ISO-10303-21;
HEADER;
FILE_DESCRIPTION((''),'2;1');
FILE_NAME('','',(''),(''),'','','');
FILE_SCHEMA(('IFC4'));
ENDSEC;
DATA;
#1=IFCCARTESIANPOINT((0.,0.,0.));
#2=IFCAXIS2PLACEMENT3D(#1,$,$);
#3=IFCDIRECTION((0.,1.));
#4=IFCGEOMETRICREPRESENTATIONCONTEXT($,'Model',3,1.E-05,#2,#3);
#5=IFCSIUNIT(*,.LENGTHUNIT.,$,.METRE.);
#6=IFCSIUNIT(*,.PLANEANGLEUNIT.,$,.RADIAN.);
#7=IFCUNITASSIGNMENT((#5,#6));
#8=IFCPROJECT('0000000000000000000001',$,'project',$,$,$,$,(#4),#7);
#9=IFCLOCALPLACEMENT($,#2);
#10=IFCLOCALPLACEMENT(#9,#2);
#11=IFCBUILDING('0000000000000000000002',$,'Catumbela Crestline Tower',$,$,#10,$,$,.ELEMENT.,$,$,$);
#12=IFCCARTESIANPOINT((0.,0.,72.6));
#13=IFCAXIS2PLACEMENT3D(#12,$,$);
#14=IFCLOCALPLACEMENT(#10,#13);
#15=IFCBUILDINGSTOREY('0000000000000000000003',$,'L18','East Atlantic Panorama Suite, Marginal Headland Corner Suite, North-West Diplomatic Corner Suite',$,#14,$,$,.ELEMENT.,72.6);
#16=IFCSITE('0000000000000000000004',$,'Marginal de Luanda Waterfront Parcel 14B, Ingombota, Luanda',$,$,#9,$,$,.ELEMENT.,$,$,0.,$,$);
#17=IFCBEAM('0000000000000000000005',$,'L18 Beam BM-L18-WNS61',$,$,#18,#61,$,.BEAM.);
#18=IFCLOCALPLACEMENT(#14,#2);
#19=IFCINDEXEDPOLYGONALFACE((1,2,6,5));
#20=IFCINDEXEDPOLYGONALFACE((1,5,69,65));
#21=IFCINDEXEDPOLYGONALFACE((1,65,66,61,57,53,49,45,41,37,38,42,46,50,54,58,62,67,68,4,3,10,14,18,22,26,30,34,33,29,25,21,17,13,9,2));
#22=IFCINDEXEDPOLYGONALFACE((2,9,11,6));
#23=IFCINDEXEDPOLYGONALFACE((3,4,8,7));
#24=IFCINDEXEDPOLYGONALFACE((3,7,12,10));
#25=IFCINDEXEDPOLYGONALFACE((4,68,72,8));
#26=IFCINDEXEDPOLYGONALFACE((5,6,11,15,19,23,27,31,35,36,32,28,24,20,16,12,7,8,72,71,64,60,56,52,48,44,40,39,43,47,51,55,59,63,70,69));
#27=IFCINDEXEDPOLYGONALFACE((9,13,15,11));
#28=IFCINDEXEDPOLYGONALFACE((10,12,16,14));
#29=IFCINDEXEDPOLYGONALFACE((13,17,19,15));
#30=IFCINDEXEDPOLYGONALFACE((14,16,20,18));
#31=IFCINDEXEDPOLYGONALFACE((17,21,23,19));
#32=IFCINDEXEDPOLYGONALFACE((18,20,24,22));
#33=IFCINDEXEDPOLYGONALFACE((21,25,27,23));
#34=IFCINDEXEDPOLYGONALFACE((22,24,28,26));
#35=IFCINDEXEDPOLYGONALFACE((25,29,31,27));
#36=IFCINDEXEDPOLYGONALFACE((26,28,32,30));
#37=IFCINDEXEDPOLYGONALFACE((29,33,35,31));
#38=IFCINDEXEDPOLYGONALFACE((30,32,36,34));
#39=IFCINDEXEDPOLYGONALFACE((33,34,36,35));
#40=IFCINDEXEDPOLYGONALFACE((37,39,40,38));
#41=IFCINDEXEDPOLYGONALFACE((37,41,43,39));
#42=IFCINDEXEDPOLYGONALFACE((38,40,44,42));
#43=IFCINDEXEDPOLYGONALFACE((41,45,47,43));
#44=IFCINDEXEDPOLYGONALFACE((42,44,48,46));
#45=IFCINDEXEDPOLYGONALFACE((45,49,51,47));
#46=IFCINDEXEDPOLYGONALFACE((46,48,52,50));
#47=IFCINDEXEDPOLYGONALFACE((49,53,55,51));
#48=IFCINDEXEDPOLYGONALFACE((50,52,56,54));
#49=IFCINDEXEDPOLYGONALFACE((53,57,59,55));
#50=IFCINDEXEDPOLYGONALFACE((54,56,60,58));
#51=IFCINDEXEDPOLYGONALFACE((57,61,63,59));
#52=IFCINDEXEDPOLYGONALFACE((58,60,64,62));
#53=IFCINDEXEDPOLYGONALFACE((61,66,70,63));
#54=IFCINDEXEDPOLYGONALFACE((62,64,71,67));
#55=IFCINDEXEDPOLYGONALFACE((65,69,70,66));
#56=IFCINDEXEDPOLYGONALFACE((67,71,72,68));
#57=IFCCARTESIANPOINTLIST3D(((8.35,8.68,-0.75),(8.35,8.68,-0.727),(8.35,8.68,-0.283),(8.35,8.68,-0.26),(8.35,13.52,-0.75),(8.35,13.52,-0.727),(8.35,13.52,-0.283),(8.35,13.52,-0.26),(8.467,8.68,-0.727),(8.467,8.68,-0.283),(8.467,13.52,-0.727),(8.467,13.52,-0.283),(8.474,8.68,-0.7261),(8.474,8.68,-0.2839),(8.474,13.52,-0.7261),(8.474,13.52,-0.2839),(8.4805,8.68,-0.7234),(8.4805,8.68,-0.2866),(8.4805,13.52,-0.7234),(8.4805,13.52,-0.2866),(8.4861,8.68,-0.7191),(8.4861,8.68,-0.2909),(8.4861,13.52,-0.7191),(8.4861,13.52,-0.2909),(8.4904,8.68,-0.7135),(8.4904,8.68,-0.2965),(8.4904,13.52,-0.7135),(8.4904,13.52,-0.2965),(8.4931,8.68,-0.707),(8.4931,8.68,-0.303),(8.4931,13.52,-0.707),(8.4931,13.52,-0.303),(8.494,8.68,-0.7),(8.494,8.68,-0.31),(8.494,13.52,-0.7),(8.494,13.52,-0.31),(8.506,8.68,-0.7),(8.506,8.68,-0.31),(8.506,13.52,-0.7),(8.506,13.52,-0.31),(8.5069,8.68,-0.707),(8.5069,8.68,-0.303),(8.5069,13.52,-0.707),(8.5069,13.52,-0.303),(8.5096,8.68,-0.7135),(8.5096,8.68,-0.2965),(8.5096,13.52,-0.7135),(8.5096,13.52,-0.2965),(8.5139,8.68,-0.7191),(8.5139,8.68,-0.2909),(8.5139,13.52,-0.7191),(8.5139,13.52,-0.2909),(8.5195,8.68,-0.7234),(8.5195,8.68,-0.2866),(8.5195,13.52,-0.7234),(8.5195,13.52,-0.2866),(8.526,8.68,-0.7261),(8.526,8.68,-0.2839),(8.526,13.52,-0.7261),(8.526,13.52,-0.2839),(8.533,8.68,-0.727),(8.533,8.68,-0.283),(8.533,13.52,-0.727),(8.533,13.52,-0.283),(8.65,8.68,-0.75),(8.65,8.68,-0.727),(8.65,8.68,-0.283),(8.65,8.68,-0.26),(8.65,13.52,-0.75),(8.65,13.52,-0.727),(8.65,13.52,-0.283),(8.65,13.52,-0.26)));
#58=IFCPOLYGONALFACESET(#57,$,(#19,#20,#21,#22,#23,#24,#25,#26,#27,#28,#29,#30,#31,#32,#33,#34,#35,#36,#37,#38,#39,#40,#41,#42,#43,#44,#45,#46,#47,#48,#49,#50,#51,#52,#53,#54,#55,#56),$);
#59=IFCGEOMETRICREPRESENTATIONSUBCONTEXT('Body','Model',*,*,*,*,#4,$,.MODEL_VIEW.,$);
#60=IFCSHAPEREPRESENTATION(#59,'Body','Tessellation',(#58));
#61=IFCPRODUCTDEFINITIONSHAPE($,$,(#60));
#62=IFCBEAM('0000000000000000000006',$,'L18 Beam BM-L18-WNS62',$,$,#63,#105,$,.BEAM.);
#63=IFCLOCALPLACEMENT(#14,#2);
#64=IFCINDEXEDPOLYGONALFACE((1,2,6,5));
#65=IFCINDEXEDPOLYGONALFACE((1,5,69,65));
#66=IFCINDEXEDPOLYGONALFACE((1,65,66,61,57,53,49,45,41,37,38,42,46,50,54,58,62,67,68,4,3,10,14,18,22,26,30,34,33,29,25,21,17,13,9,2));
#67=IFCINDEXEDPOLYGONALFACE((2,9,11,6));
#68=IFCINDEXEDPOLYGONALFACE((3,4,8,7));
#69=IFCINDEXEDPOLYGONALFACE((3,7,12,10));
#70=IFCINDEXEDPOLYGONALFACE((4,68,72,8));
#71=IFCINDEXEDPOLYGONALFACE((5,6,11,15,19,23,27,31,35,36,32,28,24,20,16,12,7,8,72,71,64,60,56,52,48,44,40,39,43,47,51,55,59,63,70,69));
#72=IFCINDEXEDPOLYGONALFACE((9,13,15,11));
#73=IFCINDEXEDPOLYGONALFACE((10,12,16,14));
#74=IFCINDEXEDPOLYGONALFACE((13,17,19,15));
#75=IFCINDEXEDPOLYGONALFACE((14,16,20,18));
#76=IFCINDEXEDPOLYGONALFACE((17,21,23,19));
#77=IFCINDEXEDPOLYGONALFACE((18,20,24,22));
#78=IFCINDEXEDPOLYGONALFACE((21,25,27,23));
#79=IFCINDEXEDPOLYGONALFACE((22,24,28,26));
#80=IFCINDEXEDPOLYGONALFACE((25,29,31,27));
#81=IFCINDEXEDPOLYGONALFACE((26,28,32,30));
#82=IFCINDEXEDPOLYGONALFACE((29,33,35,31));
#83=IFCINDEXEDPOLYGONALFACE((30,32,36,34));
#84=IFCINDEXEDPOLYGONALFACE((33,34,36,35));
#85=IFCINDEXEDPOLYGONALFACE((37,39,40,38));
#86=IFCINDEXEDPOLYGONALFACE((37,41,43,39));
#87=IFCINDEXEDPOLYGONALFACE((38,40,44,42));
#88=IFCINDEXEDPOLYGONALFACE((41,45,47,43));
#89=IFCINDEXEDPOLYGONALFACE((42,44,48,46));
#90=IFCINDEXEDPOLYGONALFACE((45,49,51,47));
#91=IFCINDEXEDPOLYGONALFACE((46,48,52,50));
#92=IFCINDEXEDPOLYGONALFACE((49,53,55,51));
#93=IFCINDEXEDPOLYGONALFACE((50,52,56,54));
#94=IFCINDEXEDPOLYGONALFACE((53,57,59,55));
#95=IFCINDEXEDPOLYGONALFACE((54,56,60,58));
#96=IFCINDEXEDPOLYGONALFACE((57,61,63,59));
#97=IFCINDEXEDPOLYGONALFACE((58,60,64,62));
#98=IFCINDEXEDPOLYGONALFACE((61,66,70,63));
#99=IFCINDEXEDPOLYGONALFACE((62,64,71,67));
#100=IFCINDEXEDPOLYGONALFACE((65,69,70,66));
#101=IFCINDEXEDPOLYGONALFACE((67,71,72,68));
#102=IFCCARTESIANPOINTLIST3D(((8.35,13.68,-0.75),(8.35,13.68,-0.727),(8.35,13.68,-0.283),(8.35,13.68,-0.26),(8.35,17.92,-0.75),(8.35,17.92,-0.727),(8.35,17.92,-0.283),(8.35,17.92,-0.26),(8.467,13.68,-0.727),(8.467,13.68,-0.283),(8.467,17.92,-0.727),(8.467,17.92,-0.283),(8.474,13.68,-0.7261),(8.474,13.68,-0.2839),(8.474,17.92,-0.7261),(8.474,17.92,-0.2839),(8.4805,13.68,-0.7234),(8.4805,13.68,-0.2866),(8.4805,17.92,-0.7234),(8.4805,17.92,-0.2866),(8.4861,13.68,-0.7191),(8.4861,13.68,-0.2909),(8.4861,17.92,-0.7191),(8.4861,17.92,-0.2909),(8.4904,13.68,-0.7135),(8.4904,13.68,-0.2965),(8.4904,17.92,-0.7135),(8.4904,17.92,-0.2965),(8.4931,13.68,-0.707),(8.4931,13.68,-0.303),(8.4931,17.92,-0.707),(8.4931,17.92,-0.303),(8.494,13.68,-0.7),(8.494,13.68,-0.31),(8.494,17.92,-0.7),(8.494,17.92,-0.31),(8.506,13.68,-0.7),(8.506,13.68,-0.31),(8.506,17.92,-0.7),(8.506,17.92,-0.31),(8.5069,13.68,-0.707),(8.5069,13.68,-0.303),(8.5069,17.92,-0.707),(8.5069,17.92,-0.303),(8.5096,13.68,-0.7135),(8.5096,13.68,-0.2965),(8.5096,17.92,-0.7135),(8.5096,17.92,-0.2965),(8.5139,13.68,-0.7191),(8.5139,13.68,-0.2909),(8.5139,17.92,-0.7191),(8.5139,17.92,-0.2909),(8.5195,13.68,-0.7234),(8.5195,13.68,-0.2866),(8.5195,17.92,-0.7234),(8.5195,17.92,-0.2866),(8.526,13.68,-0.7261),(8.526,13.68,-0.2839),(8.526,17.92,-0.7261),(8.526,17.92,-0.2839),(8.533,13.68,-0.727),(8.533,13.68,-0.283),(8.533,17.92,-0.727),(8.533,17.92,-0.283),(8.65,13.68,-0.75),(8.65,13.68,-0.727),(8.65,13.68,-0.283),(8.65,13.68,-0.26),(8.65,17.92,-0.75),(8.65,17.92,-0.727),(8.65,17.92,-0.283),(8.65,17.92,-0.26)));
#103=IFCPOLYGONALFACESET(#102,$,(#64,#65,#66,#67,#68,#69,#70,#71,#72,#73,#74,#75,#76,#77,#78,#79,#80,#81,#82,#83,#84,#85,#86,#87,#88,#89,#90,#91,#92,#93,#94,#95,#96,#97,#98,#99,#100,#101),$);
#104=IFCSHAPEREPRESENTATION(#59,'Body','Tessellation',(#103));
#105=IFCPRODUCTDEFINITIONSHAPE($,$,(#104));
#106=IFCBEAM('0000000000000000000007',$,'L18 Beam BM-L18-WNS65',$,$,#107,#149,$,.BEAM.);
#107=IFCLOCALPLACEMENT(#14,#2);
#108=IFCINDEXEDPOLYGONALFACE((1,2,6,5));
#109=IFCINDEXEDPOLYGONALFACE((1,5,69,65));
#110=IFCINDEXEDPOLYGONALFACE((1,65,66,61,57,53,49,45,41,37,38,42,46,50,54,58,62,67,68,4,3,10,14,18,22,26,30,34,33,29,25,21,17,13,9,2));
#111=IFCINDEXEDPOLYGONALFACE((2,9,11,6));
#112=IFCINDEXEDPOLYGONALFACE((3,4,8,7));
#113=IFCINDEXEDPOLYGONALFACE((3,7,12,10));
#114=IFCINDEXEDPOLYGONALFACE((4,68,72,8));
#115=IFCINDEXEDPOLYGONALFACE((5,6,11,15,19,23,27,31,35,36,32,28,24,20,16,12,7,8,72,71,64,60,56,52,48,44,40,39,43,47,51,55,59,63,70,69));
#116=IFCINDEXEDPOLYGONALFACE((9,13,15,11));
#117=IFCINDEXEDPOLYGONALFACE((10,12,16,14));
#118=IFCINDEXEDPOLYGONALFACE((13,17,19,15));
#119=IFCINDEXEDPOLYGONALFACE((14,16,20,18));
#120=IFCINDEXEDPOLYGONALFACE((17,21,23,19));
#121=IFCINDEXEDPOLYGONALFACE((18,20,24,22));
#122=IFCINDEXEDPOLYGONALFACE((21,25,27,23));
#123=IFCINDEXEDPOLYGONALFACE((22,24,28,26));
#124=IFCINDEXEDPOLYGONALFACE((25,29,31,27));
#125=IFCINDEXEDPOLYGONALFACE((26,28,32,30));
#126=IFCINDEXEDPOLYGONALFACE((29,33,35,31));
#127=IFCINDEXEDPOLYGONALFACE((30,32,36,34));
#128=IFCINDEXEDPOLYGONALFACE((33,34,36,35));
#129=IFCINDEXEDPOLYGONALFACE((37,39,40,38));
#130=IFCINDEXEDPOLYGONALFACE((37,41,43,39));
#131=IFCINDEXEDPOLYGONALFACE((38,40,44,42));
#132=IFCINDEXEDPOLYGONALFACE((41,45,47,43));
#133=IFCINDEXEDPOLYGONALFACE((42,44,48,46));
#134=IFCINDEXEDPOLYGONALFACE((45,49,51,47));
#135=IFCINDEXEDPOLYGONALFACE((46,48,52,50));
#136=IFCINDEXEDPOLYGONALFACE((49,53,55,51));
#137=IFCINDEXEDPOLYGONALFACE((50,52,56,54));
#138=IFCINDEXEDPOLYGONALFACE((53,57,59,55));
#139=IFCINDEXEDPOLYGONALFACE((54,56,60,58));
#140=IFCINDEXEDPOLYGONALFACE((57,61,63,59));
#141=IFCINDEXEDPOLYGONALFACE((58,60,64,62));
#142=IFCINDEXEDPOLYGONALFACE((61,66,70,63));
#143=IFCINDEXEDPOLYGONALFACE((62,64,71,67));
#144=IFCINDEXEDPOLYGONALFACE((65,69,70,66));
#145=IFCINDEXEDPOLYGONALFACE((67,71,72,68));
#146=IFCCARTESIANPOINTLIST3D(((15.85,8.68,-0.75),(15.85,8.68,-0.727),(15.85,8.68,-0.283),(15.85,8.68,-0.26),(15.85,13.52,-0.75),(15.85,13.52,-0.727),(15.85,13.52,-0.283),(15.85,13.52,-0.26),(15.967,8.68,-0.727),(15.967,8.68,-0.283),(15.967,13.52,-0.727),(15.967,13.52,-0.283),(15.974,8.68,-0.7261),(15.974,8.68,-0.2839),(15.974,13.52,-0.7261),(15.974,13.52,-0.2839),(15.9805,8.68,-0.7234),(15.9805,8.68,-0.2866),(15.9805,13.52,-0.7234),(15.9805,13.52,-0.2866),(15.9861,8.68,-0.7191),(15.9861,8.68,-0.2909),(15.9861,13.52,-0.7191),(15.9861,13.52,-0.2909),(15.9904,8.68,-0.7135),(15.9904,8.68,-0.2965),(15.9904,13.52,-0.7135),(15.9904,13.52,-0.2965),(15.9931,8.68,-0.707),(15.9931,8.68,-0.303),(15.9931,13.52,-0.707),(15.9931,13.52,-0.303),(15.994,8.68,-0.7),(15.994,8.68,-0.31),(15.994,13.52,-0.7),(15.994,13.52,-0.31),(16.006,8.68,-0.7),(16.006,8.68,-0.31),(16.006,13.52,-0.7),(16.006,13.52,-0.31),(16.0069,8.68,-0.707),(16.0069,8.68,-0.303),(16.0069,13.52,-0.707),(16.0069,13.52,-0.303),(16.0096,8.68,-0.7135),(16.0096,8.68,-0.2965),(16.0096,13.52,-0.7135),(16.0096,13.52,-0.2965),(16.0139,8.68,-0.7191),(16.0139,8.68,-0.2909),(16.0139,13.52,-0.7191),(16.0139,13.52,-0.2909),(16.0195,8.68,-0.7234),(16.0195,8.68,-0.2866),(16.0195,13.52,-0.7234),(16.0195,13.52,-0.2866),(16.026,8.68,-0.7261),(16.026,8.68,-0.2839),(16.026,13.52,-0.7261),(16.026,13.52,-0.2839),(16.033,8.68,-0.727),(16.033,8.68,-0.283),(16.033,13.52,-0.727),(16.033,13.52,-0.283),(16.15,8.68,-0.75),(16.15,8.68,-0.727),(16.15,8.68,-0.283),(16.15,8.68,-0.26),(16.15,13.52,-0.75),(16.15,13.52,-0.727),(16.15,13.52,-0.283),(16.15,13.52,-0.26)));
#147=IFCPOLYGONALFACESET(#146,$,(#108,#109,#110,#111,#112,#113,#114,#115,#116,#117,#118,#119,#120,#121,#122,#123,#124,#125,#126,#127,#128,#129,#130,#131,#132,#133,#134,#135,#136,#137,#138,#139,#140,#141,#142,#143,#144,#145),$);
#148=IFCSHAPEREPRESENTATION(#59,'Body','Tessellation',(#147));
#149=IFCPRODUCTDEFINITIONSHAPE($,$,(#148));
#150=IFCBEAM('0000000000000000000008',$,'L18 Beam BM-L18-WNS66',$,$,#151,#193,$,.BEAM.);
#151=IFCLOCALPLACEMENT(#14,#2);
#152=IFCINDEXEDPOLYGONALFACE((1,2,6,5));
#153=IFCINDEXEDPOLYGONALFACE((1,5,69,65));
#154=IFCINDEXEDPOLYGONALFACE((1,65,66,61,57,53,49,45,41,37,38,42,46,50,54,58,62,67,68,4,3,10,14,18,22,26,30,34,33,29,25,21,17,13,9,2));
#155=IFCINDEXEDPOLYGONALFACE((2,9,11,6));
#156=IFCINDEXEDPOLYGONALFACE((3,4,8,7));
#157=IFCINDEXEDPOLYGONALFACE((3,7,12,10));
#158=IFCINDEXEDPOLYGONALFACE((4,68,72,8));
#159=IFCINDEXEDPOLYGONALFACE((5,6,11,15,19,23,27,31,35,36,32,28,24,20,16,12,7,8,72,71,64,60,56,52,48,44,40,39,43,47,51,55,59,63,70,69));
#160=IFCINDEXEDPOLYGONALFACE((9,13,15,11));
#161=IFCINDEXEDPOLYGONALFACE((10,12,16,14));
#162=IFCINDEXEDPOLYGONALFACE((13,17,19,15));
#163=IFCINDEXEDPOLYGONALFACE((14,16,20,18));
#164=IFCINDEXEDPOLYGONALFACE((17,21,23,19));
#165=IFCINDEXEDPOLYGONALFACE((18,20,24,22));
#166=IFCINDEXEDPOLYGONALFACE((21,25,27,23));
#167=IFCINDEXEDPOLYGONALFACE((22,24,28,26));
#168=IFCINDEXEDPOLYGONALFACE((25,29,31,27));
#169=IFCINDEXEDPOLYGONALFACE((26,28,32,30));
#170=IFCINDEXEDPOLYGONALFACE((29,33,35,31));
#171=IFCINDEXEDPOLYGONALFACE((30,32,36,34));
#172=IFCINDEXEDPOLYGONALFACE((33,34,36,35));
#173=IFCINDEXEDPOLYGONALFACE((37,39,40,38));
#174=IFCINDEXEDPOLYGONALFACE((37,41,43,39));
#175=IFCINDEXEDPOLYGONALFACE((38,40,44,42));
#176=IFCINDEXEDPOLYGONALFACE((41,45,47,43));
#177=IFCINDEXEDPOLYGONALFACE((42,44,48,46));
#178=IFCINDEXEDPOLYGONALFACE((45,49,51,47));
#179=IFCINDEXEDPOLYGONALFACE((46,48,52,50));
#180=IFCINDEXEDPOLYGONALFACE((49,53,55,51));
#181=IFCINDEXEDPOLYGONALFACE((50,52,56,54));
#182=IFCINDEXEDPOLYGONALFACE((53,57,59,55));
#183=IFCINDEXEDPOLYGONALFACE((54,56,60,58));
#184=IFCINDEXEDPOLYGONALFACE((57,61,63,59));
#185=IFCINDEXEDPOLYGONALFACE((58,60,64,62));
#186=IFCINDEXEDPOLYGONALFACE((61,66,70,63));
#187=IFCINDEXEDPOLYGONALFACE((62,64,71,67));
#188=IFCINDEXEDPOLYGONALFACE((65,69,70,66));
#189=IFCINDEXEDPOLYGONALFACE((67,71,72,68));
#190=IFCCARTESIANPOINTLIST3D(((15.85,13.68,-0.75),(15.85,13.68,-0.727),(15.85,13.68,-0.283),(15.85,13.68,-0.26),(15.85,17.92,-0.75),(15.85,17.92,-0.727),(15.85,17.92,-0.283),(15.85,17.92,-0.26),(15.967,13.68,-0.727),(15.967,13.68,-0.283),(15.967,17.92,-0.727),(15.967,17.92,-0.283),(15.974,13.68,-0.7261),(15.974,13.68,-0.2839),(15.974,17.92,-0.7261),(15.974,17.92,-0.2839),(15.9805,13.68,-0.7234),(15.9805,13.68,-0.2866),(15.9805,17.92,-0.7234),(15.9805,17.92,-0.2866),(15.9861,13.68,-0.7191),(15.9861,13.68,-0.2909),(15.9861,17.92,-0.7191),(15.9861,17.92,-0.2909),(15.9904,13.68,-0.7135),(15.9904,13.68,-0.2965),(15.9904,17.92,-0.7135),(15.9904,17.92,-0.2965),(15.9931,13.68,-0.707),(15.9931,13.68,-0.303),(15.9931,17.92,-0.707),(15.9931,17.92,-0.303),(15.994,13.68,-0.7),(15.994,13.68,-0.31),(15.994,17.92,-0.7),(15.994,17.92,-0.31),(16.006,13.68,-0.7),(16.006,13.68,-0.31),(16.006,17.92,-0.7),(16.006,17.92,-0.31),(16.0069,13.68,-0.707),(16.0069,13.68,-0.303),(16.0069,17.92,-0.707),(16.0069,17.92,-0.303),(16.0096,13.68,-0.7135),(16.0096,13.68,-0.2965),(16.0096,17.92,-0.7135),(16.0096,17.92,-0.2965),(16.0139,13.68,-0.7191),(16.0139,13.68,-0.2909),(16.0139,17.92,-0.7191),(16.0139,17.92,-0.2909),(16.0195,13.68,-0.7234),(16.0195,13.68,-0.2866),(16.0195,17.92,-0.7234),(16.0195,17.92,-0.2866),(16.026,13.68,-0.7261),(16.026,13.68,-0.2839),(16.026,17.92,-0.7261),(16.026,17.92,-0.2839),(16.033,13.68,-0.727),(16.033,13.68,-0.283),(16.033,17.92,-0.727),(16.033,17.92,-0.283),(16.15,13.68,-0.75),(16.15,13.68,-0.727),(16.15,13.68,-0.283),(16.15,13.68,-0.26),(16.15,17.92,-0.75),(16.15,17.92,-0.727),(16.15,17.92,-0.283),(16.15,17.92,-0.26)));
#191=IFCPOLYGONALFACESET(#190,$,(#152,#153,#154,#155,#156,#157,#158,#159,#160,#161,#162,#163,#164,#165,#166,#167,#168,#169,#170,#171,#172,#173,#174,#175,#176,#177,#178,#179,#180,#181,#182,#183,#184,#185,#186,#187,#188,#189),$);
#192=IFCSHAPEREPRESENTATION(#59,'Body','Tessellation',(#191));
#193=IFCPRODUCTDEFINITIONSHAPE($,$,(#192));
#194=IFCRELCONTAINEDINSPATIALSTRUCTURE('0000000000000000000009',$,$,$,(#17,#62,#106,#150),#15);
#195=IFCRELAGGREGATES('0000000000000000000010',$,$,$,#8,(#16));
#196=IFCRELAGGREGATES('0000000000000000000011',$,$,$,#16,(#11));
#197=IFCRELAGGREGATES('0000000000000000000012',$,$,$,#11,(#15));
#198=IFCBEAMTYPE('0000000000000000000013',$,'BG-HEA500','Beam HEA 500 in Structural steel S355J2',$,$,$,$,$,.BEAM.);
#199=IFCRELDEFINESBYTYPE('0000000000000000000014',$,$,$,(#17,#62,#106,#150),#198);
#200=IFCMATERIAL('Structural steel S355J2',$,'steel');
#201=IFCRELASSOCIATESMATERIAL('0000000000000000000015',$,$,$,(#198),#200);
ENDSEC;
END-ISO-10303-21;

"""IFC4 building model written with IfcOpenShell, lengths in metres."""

from ifc_helpers import new_model, si_unit, direction, frame, origin, origin_2d, place, context, subcontext, project, spatial, i_section, extrude, material, material_profile, profile_set, type_object, element, save


model = new_model("IFC4")

# Units and contexts
model_context = context("Model", 3, precision=1e-05, world=origin(), true_north=direction((0.0, 1.0)))
body_context = subcontext(model_context, "Body", "Model", "MODEL_VIEW")
ifc_project = project(units=[si_unit("LENGTHUNIT", "METRE"), si_unit("PLANEANGLEUNIT", "RADIAN")], contexts=[model_context])

# Site, building, storey
site_placement = place(None, origin())
site = spatial("IfcSite", under=ifc_project, at=site_placement, Name="Marginal de Luanda Waterfront Parcel 14B, Ingombota, Luanda", CompositionType="ELEMENT", RefElevation=0.0)
building_placement = place(site_placement, origin())
building = spatial("IfcBuilding", under=site, at=building_placement, Name="Catumbela Crestline Tower", CompositionType="ELEMENT")
storey_placement = place(building_placement, frame((0.0, 0.0, 72.6)))
storey = spatial("IfcBuildingStorey", under=building, at=storey_placement, Name="L18", Description="East Atlantic Panorama Suite, Marginal Headland Corner Suite, North-West Diplomatic Corner Suite", CompositionType="ELEMENT", Elevation=72.6)

# Beams
ifc_material_1 = material(Name="Structural steel S355J2", Category="steel")
ifc_material_profile_1 = material_profile(ifc_material_1, i_section(OverallWidth=0.3, OverallDepth=0.49, WebThickness=0.012, FlangeThickness=0.023, FilletRadius=0.027, at=origin_2d()), Name="HEA 500")
ifc_profile_set_1 = profile_set([ifc_material_profile_1], Name="Structural steel S355J2")
beam_type_1 = type_object("IfcBeamType", Name="BG-HEA500", Description="Beam HEA 500 in Structural steel S355J2", PredefinedType="BEAM", material=ifc_profile_set_1)
beam_1_placement = place(storey_placement, frame((8.5, 8.68, -0.505), z_axis=(0.0, 1.0, 0.0), x_axis=(-1.0, 0.0, 0.0)))
element("IfcBeam", 1, at=beam_1_placement, inside=storey, type_object=beam_type_1, Name="L18 Beam BM-L18-WNS61", PredefinedType="BEAM", context=body_context, shape_type="SweptSolid", body=[
    extrude(i_section(OverallWidth=0.3, OverallDepth=0.49, WebThickness=0.012, FlangeThickness=0.023, FilletRadius=0.027, at=origin_2d()), origin(), (0.0, 0.0, 1.0), 4.84),
])
beam_2_placement = place(storey_placement, frame((8.5, 13.68, -0.505), z_axis=(0.0, 1.0, 0.0), x_axis=(-1.0, 0.0, 0.0)))
element("IfcBeam", 2, at=beam_2_placement, inside=storey, type_object=beam_type_1, Name="L18 Beam BM-L18-WNS62", PredefinedType="BEAM", context=body_context, shape_type="SweptSolid", body=[
    extrude(i_section(OverallWidth=0.3, OverallDepth=0.49, WebThickness=0.012, FlangeThickness=0.023, FilletRadius=0.027, at=origin_2d()), origin(), (0.0, 0.0, 1.0), 4.24),
])
beam_3_placement = place(storey_placement, frame((16.0, 8.68, -0.505), z_axis=(0.0, 1.0, 0.0), x_axis=(-1.0, 0.0, 0.0)))
element("IfcBeam", 3, at=beam_3_placement, inside=storey, type_object=beam_type_1, Name="L18 Beam BM-L18-WNS65", PredefinedType="BEAM", context=body_context, shape_type="SweptSolid", body=[
    extrude(i_section(OverallWidth=0.3, OverallDepth=0.49, WebThickness=0.012, FlangeThickness=0.023, FilletRadius=0.027, at=origin_2d()), origin(), (0.0, 0.0, 1.0), 4.84),
])
beam_4_placement = place(storey_placement, frame((16.0, 13.68, -0.505), z_axis=(0.0, 1.0, 0.0), x_axis=(-1.0, 0.0, 0.0)))
element("IfcBeam", 4, at=beam_4_placement, inside=storey, type_object=beam_type_1, Name="L18 Beam BM-L18-WNS66", PredefinedType="BEAM", context=body_context, shape_type="SweptSolid", body=[
    extrude(i_section(OverallWidth=0.3, OverallDepth=0.49, WebThickness=0.012, FlangeThickness=0.023, FilletRadius=0.027, at=origin_2d()), origin(), (0.0, 0.0, 1.0), 4.24),
])

save(model, "model.ifc")
